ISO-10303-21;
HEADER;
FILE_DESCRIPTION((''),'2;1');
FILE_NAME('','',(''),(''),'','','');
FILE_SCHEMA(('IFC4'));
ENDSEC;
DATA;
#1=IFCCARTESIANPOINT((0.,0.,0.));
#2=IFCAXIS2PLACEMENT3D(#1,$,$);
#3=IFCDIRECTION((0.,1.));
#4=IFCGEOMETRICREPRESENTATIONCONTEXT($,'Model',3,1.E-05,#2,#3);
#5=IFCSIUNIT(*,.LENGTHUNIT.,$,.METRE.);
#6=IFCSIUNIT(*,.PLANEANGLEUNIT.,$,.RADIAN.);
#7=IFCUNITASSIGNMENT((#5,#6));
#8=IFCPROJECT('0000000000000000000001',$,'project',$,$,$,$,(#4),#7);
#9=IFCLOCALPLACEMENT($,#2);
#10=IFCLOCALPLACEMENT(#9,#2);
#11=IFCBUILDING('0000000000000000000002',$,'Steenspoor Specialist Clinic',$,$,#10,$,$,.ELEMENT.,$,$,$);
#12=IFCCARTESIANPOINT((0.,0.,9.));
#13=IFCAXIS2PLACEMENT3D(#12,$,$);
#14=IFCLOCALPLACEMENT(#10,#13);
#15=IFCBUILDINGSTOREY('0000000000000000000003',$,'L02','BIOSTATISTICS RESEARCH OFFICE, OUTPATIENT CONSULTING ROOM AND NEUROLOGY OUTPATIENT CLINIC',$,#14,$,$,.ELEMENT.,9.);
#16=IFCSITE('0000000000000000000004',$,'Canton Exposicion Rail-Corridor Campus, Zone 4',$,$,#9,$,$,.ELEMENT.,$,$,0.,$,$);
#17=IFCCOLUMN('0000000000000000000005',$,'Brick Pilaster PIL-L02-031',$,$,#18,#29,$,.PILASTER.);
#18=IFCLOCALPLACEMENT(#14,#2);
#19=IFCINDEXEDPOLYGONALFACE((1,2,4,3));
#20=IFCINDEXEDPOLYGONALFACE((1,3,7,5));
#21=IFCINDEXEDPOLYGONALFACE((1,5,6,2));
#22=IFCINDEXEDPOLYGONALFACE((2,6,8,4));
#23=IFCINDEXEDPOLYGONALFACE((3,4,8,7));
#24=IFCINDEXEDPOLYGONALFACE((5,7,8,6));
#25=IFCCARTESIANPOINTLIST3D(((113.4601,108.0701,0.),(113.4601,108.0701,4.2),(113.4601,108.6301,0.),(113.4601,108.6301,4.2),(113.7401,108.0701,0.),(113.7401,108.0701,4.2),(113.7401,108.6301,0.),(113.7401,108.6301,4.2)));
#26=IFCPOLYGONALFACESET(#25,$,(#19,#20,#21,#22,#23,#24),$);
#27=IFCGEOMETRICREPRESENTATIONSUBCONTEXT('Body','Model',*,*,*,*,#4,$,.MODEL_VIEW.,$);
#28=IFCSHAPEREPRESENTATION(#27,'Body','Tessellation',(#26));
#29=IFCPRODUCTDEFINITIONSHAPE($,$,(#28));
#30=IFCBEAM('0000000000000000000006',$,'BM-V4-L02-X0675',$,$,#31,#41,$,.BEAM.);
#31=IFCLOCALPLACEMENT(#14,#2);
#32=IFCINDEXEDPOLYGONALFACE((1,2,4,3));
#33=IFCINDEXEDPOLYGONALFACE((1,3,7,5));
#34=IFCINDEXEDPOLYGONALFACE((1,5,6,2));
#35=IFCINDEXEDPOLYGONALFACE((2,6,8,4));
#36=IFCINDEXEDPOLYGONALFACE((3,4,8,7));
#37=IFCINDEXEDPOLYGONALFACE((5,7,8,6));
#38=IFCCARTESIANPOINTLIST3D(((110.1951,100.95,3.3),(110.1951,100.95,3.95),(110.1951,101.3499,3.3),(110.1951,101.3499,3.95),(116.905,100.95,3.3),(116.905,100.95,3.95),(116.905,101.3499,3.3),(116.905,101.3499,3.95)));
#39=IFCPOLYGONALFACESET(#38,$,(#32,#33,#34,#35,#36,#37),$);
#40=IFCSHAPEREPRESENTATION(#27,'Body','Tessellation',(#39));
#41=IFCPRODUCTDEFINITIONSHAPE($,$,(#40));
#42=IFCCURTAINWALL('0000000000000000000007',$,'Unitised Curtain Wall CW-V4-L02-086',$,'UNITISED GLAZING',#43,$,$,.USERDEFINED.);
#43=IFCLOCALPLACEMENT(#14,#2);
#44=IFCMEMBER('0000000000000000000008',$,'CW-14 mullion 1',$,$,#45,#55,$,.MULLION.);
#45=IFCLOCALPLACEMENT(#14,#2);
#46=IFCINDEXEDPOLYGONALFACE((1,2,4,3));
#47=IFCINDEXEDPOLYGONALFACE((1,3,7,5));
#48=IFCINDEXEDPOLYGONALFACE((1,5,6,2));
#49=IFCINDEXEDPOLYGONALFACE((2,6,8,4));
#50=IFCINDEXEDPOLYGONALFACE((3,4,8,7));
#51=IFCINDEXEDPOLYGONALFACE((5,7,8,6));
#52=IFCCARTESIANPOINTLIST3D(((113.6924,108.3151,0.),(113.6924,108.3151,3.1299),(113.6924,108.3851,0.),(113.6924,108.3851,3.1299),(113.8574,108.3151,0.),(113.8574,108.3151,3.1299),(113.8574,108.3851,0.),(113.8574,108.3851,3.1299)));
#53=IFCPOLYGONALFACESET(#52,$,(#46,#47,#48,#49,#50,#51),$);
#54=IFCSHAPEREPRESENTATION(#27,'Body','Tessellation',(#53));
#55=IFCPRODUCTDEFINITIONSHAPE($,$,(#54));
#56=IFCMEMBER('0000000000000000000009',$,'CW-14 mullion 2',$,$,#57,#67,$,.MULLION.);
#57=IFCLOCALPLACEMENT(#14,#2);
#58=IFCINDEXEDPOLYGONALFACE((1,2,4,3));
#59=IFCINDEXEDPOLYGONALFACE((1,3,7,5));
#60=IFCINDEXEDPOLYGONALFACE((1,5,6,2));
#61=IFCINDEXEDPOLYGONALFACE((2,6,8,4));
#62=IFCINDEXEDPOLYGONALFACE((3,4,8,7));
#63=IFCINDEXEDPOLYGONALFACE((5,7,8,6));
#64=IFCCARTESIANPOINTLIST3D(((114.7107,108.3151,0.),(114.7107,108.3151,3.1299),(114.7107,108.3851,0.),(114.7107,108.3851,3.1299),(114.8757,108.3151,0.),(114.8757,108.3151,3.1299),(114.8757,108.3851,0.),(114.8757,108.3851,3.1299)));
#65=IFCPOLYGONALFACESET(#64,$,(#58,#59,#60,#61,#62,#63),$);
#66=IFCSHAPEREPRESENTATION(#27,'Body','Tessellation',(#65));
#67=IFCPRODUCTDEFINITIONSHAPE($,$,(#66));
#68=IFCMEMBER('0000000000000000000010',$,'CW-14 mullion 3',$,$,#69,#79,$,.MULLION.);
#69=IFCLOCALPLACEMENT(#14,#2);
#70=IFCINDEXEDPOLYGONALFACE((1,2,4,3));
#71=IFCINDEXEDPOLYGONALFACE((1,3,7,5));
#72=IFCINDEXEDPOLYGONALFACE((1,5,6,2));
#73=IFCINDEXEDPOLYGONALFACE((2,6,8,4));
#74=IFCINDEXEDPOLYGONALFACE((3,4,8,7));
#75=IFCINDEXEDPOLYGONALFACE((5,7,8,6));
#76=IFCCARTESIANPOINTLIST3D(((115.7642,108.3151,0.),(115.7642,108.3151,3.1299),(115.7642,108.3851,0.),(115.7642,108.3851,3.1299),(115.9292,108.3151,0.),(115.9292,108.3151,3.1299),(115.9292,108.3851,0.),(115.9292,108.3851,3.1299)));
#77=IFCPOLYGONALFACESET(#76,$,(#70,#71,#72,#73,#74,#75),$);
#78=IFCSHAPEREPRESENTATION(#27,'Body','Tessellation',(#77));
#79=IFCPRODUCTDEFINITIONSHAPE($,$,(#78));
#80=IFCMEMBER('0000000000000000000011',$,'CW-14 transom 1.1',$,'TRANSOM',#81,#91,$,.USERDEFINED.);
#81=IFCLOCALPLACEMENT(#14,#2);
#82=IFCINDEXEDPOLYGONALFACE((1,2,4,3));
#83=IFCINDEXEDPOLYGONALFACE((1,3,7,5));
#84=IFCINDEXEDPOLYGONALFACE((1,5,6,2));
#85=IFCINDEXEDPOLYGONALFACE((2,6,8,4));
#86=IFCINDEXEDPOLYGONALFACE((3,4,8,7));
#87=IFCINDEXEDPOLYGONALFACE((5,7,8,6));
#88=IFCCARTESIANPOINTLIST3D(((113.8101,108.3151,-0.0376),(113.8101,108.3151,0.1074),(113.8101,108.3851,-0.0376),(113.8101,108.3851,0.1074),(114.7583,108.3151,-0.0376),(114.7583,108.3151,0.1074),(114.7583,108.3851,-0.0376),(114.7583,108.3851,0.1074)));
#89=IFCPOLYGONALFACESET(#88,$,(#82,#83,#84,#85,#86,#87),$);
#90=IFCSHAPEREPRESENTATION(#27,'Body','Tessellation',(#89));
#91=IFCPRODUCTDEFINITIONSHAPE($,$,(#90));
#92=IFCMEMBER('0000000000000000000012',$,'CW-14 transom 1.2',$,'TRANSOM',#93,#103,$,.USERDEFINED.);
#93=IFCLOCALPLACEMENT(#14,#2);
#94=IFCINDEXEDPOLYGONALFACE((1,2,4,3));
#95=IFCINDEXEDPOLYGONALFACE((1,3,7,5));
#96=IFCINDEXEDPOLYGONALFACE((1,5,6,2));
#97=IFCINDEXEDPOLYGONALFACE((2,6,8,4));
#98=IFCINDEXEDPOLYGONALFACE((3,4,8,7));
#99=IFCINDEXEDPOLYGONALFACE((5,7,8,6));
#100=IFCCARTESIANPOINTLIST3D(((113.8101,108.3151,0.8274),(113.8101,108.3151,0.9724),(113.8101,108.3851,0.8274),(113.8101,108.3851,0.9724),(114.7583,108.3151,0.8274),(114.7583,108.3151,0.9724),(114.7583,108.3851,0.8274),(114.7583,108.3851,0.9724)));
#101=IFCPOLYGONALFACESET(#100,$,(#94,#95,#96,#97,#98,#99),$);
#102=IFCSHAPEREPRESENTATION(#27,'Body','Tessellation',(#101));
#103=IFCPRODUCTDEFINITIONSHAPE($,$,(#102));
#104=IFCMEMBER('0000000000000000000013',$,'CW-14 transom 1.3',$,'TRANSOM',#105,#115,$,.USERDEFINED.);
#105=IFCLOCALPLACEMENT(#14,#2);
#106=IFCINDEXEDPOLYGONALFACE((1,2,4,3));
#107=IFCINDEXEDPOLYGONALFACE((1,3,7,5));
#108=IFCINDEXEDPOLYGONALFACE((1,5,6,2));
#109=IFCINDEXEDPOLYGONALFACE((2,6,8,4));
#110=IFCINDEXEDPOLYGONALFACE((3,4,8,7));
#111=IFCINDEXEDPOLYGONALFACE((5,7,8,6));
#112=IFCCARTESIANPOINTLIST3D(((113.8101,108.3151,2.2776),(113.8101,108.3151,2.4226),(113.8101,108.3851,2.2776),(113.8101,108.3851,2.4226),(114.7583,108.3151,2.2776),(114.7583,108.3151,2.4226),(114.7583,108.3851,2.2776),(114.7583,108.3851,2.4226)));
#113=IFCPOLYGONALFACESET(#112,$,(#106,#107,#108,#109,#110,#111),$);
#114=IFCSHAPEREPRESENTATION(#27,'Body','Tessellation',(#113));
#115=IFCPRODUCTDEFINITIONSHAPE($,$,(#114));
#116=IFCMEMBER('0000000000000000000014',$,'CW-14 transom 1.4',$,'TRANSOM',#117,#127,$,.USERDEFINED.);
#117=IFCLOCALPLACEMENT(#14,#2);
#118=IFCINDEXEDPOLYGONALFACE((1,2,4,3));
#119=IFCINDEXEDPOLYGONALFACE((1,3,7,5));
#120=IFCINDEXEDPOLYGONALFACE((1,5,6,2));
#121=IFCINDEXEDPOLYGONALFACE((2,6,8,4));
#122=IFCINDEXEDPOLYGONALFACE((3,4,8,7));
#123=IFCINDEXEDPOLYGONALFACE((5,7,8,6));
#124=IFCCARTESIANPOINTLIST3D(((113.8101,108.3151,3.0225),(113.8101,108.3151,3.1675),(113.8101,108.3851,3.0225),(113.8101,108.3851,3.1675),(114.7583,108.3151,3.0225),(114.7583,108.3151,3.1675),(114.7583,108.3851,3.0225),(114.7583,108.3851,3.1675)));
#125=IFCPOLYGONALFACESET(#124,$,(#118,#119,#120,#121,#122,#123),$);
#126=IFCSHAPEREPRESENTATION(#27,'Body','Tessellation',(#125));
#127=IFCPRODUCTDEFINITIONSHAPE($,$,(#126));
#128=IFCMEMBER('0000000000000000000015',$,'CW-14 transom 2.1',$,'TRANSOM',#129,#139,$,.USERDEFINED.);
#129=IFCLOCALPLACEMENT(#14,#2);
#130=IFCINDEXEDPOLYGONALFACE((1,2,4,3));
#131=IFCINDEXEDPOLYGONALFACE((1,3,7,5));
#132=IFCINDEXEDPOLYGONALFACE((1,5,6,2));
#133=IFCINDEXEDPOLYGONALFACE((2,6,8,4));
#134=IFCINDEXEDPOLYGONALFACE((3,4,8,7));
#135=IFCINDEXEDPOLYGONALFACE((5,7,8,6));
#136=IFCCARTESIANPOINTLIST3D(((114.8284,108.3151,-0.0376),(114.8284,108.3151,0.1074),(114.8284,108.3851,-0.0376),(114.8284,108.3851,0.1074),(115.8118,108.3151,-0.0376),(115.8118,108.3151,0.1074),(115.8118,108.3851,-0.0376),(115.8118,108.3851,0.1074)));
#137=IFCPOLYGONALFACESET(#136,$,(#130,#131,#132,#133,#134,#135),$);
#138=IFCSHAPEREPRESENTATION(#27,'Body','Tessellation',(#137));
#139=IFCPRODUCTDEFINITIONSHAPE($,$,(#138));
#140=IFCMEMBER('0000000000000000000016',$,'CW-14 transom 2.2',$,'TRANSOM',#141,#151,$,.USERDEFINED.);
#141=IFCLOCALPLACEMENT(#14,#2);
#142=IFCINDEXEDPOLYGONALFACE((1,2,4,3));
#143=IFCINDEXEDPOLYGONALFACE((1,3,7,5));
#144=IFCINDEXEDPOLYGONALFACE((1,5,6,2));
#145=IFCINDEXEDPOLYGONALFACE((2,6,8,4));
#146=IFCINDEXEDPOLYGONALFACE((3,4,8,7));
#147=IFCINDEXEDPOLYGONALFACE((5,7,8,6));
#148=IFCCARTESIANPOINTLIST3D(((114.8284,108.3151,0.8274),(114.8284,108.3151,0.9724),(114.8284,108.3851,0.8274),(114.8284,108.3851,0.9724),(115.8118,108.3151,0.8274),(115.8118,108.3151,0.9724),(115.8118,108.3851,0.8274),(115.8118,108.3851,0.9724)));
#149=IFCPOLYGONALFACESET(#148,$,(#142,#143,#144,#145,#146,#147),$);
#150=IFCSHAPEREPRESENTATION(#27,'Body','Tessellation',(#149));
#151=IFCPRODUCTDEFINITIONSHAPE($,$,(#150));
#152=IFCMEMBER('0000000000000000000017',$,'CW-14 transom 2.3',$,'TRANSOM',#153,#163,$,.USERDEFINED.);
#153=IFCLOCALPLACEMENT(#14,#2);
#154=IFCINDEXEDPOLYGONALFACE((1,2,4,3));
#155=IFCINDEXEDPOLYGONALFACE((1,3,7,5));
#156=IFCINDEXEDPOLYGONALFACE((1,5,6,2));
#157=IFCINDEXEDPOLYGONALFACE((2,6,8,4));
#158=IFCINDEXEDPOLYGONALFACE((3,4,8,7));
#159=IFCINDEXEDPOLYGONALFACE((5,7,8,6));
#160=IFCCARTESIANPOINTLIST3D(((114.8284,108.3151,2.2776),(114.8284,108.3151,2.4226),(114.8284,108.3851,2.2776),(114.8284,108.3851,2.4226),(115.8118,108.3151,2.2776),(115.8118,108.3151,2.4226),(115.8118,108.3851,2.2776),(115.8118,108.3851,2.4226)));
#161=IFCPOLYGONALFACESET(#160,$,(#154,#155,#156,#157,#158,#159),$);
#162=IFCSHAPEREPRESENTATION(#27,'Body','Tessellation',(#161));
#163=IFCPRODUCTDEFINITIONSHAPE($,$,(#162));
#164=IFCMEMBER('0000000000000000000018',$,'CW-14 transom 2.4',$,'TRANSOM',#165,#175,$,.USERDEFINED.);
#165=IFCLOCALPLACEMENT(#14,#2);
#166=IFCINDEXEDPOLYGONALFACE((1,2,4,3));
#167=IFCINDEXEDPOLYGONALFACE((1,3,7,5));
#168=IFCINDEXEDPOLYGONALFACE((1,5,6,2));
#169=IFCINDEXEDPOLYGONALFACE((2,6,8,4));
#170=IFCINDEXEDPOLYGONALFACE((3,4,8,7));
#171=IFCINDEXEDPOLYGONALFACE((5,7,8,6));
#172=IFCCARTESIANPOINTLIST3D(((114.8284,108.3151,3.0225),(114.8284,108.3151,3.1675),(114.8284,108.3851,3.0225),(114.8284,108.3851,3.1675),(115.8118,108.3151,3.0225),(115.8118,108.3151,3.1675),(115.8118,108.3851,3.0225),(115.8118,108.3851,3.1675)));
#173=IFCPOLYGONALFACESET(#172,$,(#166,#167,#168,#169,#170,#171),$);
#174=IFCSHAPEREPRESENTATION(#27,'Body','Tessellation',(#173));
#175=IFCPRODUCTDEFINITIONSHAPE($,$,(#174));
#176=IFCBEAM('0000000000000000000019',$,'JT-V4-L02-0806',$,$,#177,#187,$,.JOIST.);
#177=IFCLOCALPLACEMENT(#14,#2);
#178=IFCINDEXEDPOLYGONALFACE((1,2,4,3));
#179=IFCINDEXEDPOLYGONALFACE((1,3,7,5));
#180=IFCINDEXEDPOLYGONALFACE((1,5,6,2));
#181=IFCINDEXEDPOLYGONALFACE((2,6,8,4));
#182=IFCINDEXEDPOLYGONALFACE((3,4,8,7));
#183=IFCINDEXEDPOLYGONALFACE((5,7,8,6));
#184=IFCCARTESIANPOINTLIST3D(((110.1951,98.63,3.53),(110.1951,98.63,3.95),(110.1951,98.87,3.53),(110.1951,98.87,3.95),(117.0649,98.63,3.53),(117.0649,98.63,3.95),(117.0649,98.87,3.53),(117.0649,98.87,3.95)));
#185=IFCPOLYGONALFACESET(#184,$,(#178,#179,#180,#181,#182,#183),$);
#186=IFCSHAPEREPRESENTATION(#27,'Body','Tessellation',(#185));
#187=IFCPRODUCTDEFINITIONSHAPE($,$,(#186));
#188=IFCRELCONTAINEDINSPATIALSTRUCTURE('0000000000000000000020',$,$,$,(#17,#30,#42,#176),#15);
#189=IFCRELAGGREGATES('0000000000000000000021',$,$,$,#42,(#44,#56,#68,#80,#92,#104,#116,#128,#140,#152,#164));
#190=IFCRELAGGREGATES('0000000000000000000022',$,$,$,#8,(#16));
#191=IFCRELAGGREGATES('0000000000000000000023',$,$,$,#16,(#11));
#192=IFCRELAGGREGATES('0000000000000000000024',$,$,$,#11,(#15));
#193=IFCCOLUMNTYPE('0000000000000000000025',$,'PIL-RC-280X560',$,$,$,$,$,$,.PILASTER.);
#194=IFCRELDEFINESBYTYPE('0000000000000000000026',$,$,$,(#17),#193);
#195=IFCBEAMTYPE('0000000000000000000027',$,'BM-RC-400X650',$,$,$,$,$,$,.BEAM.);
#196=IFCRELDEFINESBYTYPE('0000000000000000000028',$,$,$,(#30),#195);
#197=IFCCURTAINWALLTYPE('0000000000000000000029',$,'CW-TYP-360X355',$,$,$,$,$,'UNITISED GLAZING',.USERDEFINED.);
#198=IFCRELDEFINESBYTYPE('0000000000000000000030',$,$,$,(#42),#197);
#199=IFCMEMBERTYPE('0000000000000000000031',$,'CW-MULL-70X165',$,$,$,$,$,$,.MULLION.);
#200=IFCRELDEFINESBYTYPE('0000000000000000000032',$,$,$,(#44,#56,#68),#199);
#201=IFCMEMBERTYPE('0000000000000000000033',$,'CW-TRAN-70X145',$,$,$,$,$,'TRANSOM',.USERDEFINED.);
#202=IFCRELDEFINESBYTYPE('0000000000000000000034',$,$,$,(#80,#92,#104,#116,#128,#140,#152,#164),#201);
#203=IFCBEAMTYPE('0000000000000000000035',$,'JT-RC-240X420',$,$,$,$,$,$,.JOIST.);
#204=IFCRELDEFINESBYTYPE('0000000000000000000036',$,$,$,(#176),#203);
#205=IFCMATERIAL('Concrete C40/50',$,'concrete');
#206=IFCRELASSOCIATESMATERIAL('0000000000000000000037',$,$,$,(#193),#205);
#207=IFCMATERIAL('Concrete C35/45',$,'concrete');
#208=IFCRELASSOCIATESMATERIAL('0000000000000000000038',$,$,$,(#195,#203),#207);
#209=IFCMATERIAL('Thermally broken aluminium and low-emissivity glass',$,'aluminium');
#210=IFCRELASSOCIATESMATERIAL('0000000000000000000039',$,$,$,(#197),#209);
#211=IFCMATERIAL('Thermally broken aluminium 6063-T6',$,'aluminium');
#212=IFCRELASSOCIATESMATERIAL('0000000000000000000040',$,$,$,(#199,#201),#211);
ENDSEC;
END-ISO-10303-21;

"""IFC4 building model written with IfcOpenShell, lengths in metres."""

from ifc_helpers import new_model, si_unit, direction, frame, origin, origin_2d, place, context, subcontext, project, spatial, rectangle, extrude, material, material_profile, profile_set, type_object, element, aggregate, save


model = new_model("IFC4")

# Units and contexts
model_context = context("Model", 3, precision=1e-05, world=origin(), true_north=direction((0.0, 1.0)))
body_context = subcontext(model_context, "Body", "Model", "MODEL_VIEW")
ifc_project = project(units=[si_unit("LENGTHUNIT", "METRE"), si_unit("PLANEANGLEUNIT", "RADIAN")], contexts=[model_context])

# Site, building, storey
site_placement = place(None, origin())
site = spatial("IfcSite", under=ifc_project, at=site_placement, Name="Canton Exposicion Rail-Corridor Campus, Zone 4", CompositionType="ELEMENT", RefElevation=0.0)
building_placement = place(site_placement, origin())
building = spatial("IfcBuilding", under=site, at=building_placement, Name="Steenspoor Specialist Clinic", CompositionType="ELEMENT")
storey_placement = place(building_placement, frame((0.0, 0.0, 9.0)))
storey = spatial("IfcBuildingStorey", under=building, at=storey_placement, Name="L02", Description="BIOSTATISTICS RESEARCH OFFICE, OUTPATIENT CONSULTING ROOM AND NEUROLOGY OUTPATIENT CLINIC", CompositionType="ELEMENT", Elevation=9.0)

# Column
ifc_material_1 = material(Name="Concrete C40/50", Category="concrete")
ifc_material_profile_1 = material_profile(ifc_material_1, rectangle(XDim=0.28, YDim=0.5601, at=origin_2d()), Name="RC-PIL-280X560")
ifc_profile_set_1 = profile_set([ifc_material_profile_1], Name="Concrete C40/50")
column_type = type_object("IfcColumnType", Name="PIL-RC-280X560", PredefinedType="PILASTER", material=ifc_profile_set_1)
column_placement = place(storey_placement, frame((113.6001, 108.3501, 0.0), z_axis=(0.0, 0.0, 1.0), x_axis=(1.0, 0.0, 0.0)))
element("IfcColumn", 1, at=column_placement, inside=storey, type_object=column_type, Name="Brick Pilaster PIL-L02-031", PredefinedType="PILASTER", context=body_context, shape_type="SweptSolid", body=[
    extrude(rectangle(XDim=0.28, YDim=0.5601, at=origin_2d()), origin(), (0.0, 0.0, 1.0), 4.2),
])

# Beam
ifc_material_2 = material(Name="Concrete C35/45", Category="concrete")
ifc_material_profile_2 = material_profile(ifc_material_2, rectangle(XDim=0.3999, YDim=0.6499, at=origin_2d()), Name="RC-BM-400X650")
ifc_profile_set_2 = profile_set([ifc_material_profile_2], Name="Concrete C35/45")
beam_type_1 = type_object("IfcBeamType", Name="BM-RC-400X650", PredefinedType="BEAM", material=ifc_profile_set_2)
beam_1_placement = place(storey_placement, frame((110.1951, 101.1499, 3.625), z_axis=(1.0, 0.0, 0.0), x_axis=(0.0, 1.0, 0.0)))
element("IfcBeam", 2, at=beam_1_placement, inside=storey, type_object=beam_type_1, Name="BM-V4-L02-X0675", PredefinedType="BEAM", context=body_context, shape_type="SweptSolid", body=[
    extrude(rectangle(XDim=0.3999, YDim=0.6499, at=origin_2d()), origin(), (0.0, 0.0, 1.0), 6.71),
])

# Curtain wall, members
ifc_material_3 = material(Name="Thermally broken aluminium and low-emissivity glass", Category="aluminium")
curtain_wall_type = type_object("IfcCurtainWallType", Name="CW-TYP-360X355", ElementType="UNITISED GLAZING", PredefinedType="USERDEFINED", material=ifc_material_3)
curtain_wall_placement = place(storey_placement, origin())
curtain_wall = element("IfcCurtainWall", 3, at=curtain_wall_placement, inside=storey, type_object=curtain_wall_type, Name="Unitised Curtain Wall CW-V4-L02-086", ObjectType="UNITISED GLAZING", PredefinedType="USERDEFINED")
ifc_material_4 = material(Name="Thermally broken aluminium 6063-T6", Category="aluminium")
ifc_material_profile_3 = material_profile(ifc_material_4, rectangle(XDim=0.0701, YDim=0.165, at=origin_2d()), Name="CWM-70X165")
ifc_profile_set_3 = profile_set([ifc_material_profile_3], Name="Thermally broken aluminium 6063-T6")
member_type_1 = type_object("IfcMemberType", Name="CW-MULL-70X165", PredefinedType="MULLION", material=ifc_profile_set_3)
member_1_placement = place(storey_placement, frame((113.7749, 108.3501, 0.0), z_axis=(0.0, 0.0, 1.0), x_axis=(0.0, 1.0, 0.0)))
member_1 = element("IfcMember", 4, at=member_1_placement, type_object=member_type_1, Name="CW-14 mullion 1", PredefinedType="MULLION", context=body_context, shape_type="SweptSolid", body=[
    extrude(rectangle(XDim=0.0701, YDim=0.165, at=origin_2d()), origin(), (0.0, 0.0, 1.0), 3.1299),
])
member_2_placement = place(storey_placement, frame((114.7932, 108.3501, 0.0), z_axis=(0.0, 0.0, 1.0), x_axis=(0.0, 1.0, 0.0)))
member_2 = element("IfcMember", 5, at=member_2_placement, type_object=member_type_1, Name="CW-14 mullion 2", PredefinedType="MULLION", context=body_context, shape_type="SweptSolid", body=[
    extrude(rectangle(XDim=0.0701, YDim=0.165, at=origin_2d()), origin(), (0.0, 0.0, 1.0), 3.1299),
])
member_3_placement = place(storey_placement, frame((115.8467, 108.3501, 0.0), z_axis=(0.0, 0.0, 1.0), x_axis=(0.0, 1.0, 0.0)))
member_3 = element("IfcMember", 6, at=member_3_placement, type_object=member_type_1, Name="CW-14 mullion 3", PredefinedType="MULLION", context=body_context, shape_type="SweptSolid", body=[
    extrude(rectangle(XDim=0.0701, YDim=0.165, at=origin_2d()), origin(), (0.0, 0.0, 1.0), 3.1299),
])
ifc_material_profile_4 = material_profile(ifc_material_4, rectangle(XDim=0.0701, YDim=0.145, at=origin_2d()), Name="CWT-70X145")
ifc_profile_set_4 = profile_set([ifc_material_profile_4], Name="Thermally broken aluminium 6063-T6")
member_type_2 = type_object("IfcMemberType", Name="CW-TRAN-70X145", ElementType="TRANSOM", PredefinedType="USERDEFINED", material=ifc_profile_set_4)
member_4_placement = place(storey_placement, frame((113.8101, 108.3501, 0.0349), z_axis=(1.0, 0.0, 0.0), x_axis=(0.0, 1.0, 0.0)))
member_4 = element("IfcMember", 7, at=member_4_placement, type_object=member_type_2, Name="CW-14 transom 1.1", ObjectType="TRANSOM", PredefinedType="USERDEFINED", context=body_context, shape_type="SweptSolid", body=[
    extrude(rectangle(XDim=0.0701, YDim=0.145, at=origin_2d()), origin(), (0.0, 0.0, 1.0), 0.9482),
])
member_5_placement = place(storey_placement, frame((113.8101, 108.3501, 0.8999), z_axis=(1.0, 0.0, 0.0), x_axis=(0.0, 1.0, 0.0)))
member_5 = element("IfcMember", 8, at=member_5_placement, type_object=member_type_2, Name="CW-14 transom 1.2", ObjectType="TRANSOM", PredefinedType="USERDEFINED", context=body_context, shape_type="SweptSolid", body=[
    extrude(rectangle(XDim=0.0701, YDim=0.145, at=origin_2d()), origin(), (0.0, 0.0, 1.0), 0.9482),
])
member_6_placement = place(storey_placement, frame((113.8101, 108.3501, 2.3501), z_axis=(1.0, 0.0, 0.0), x_axis=(0.0, 1.0, 0.0)))
member_6 = element("IfcMember", 9, at=member_6_placement, type_object=member_type_2, Name="CW-14 transom 1.3", ObjectType="TRANSOM", PredefinedType="USERDEFINED", context=body_context, shape_type="SweptSolid", body=[
    extrude(rectangle(XDim=0.0701, YDim=0.145, at=origin_2d()), origin(), (0.0, 0.0, 1.0), 0.9482),
])
member_7_placement = place(storey_placement, frame((113.8101, 108.3501, 3.095), z_axis=(1.0, 0.0, 0.0), x_axis=(0.0, 1.0, 0.0)))
member_7 = element("IfcMember", 10, at=member_7_placement, type_object=member_type_2, Name="CW-14 transom 1.4", ObjectType="TRANSOM", PredefinedType="USERDEFINED", context=body_context, shape_type="SweptSolid", body=[
    extrude(rectangle(XDim=0.0701, YDim=0.145, at=origin_2d()), origin(), (0.0, 0.0, 1.0), 0.9482),
])
member_8_placement = place(storey_placement, frame((114.8284, 108.3501, 0.0349), z_axis=(1.0, 0.0, 0.0), x_axis=(0.0, 1.0, 0.0)))
member_8 = element("IfcMember", 11, at=member_8_placement, type_object=member_type_2, Name="CW-14 transom 2.1", ObjectType="TRANSOM", PredefinedType="USERDEFINED", context=body_context, shape_type="SweptSolid", body=[
    extrude(rectangle(XDim=0.0701, YDim=0.145, at=origin_2d()), origin(), (0.0, 0.0, 1.0), 0.9834),
])
member_9_placement = place(storey_placement, frame((114.8284, 108.3501, 0.8999), z_axis=(1.0, 0.0, 0.0), x_axis=(0.0, 1.0, 0.0)))
member_9 = element("IfcMember", 12, at=member_9_placement, type_object=member_type_2, Name="CW-14 transom 2.2", ObjectType="TRANSOM", PredefinedType="USERDEFINED", context=body_context, shape_type="SweptSolid", body=[
    extrude(rectangle(XDim=0.0701, YDim=0.145, at=origin_2d()), origin(), (0.0, 0.0, 1.0), 0.9834),
])
member_10_placement = place(storey_placement, frame((114.8284, 108.3501, 2.3501), z_axis=(1.0, 0.0, 0.0), x_axis=(0.0, 1.0, 0.0)))
member_10 = element("IfcMember", 13, at=member_10_placement, type_object=member_type_2, Name="CW-14 transom 2.3", ObjectType="TRANSOM", PredefinedType="USERDEFINED", context=body_context, shape_type="SweptSolid", body=[
    extrude(rectangle(XDim=0.0701, YDim=0.145, at=origin_2d()), origin(), (0.0, 0.0, 1.0), 0.9834),
])
member_11_placement = place(storey_placement, frame((114.8284, 108.3501, 3.095), z_axis=(1.0, 0.0, 0.0), x_axis=(0.0, 1.0, 0.0)))
member_11 = element("IfcMember", 14, at=member_11_placement, type_object=member_type_2, Name="CW-14 transom 2.4", ObjectType="TRANSOM", PredefinedType="USERDEFINED", context=body_context, shape_type="SweptSolid", body=[
    extrude(rectangle(XDim=0.0701, YDim=0.145, at=origin_2d()), origin(), (0.0, 0.0, 1.0), 0.9834),
])

# Beam
ifc_material_profile_5 = material_profile(ifc_material_2, rectangle(XDim=0.24, YDim=0.4199, at=origin_2d()), Name="RC-JT-240X420")
ifc_profile_set_5 = profile_set([ifc_material_profile_5], Name="Concrete C35/45")
beam_type_2 = type_object("IfcBeamType", Name="JT-RC-240X420", PredefinedType="JOIST", material=ifc_profile_set_5)
beam_2_placement = place(storey_placement, frame((110.1951, 98.75, 3.74), z_axis=(1.0, 0.0, 0.0), x_axis=(0.0, 1.0, 0.0)))
element("IfcBeam", 15, at=beam_2_placement, inside=storey, type_object=beam_type_2, Name="JT-V4-L02-0806", PredefinedType="JOIST", context=body_context, shape_type="SweptSolid", body=[
    extrude(rectangle(XDim=0.24, YDim=0.4199, at=origin_2d()), origin(), (0.0, 0.0, 1.0), 6.8699),
])

aggregate(curtain_wall, [member_1, member_2, member_3, member_4, member_5, member_6, member_7, member_8, member_9, member_10, member_11])

save(model, "model.ifc")
